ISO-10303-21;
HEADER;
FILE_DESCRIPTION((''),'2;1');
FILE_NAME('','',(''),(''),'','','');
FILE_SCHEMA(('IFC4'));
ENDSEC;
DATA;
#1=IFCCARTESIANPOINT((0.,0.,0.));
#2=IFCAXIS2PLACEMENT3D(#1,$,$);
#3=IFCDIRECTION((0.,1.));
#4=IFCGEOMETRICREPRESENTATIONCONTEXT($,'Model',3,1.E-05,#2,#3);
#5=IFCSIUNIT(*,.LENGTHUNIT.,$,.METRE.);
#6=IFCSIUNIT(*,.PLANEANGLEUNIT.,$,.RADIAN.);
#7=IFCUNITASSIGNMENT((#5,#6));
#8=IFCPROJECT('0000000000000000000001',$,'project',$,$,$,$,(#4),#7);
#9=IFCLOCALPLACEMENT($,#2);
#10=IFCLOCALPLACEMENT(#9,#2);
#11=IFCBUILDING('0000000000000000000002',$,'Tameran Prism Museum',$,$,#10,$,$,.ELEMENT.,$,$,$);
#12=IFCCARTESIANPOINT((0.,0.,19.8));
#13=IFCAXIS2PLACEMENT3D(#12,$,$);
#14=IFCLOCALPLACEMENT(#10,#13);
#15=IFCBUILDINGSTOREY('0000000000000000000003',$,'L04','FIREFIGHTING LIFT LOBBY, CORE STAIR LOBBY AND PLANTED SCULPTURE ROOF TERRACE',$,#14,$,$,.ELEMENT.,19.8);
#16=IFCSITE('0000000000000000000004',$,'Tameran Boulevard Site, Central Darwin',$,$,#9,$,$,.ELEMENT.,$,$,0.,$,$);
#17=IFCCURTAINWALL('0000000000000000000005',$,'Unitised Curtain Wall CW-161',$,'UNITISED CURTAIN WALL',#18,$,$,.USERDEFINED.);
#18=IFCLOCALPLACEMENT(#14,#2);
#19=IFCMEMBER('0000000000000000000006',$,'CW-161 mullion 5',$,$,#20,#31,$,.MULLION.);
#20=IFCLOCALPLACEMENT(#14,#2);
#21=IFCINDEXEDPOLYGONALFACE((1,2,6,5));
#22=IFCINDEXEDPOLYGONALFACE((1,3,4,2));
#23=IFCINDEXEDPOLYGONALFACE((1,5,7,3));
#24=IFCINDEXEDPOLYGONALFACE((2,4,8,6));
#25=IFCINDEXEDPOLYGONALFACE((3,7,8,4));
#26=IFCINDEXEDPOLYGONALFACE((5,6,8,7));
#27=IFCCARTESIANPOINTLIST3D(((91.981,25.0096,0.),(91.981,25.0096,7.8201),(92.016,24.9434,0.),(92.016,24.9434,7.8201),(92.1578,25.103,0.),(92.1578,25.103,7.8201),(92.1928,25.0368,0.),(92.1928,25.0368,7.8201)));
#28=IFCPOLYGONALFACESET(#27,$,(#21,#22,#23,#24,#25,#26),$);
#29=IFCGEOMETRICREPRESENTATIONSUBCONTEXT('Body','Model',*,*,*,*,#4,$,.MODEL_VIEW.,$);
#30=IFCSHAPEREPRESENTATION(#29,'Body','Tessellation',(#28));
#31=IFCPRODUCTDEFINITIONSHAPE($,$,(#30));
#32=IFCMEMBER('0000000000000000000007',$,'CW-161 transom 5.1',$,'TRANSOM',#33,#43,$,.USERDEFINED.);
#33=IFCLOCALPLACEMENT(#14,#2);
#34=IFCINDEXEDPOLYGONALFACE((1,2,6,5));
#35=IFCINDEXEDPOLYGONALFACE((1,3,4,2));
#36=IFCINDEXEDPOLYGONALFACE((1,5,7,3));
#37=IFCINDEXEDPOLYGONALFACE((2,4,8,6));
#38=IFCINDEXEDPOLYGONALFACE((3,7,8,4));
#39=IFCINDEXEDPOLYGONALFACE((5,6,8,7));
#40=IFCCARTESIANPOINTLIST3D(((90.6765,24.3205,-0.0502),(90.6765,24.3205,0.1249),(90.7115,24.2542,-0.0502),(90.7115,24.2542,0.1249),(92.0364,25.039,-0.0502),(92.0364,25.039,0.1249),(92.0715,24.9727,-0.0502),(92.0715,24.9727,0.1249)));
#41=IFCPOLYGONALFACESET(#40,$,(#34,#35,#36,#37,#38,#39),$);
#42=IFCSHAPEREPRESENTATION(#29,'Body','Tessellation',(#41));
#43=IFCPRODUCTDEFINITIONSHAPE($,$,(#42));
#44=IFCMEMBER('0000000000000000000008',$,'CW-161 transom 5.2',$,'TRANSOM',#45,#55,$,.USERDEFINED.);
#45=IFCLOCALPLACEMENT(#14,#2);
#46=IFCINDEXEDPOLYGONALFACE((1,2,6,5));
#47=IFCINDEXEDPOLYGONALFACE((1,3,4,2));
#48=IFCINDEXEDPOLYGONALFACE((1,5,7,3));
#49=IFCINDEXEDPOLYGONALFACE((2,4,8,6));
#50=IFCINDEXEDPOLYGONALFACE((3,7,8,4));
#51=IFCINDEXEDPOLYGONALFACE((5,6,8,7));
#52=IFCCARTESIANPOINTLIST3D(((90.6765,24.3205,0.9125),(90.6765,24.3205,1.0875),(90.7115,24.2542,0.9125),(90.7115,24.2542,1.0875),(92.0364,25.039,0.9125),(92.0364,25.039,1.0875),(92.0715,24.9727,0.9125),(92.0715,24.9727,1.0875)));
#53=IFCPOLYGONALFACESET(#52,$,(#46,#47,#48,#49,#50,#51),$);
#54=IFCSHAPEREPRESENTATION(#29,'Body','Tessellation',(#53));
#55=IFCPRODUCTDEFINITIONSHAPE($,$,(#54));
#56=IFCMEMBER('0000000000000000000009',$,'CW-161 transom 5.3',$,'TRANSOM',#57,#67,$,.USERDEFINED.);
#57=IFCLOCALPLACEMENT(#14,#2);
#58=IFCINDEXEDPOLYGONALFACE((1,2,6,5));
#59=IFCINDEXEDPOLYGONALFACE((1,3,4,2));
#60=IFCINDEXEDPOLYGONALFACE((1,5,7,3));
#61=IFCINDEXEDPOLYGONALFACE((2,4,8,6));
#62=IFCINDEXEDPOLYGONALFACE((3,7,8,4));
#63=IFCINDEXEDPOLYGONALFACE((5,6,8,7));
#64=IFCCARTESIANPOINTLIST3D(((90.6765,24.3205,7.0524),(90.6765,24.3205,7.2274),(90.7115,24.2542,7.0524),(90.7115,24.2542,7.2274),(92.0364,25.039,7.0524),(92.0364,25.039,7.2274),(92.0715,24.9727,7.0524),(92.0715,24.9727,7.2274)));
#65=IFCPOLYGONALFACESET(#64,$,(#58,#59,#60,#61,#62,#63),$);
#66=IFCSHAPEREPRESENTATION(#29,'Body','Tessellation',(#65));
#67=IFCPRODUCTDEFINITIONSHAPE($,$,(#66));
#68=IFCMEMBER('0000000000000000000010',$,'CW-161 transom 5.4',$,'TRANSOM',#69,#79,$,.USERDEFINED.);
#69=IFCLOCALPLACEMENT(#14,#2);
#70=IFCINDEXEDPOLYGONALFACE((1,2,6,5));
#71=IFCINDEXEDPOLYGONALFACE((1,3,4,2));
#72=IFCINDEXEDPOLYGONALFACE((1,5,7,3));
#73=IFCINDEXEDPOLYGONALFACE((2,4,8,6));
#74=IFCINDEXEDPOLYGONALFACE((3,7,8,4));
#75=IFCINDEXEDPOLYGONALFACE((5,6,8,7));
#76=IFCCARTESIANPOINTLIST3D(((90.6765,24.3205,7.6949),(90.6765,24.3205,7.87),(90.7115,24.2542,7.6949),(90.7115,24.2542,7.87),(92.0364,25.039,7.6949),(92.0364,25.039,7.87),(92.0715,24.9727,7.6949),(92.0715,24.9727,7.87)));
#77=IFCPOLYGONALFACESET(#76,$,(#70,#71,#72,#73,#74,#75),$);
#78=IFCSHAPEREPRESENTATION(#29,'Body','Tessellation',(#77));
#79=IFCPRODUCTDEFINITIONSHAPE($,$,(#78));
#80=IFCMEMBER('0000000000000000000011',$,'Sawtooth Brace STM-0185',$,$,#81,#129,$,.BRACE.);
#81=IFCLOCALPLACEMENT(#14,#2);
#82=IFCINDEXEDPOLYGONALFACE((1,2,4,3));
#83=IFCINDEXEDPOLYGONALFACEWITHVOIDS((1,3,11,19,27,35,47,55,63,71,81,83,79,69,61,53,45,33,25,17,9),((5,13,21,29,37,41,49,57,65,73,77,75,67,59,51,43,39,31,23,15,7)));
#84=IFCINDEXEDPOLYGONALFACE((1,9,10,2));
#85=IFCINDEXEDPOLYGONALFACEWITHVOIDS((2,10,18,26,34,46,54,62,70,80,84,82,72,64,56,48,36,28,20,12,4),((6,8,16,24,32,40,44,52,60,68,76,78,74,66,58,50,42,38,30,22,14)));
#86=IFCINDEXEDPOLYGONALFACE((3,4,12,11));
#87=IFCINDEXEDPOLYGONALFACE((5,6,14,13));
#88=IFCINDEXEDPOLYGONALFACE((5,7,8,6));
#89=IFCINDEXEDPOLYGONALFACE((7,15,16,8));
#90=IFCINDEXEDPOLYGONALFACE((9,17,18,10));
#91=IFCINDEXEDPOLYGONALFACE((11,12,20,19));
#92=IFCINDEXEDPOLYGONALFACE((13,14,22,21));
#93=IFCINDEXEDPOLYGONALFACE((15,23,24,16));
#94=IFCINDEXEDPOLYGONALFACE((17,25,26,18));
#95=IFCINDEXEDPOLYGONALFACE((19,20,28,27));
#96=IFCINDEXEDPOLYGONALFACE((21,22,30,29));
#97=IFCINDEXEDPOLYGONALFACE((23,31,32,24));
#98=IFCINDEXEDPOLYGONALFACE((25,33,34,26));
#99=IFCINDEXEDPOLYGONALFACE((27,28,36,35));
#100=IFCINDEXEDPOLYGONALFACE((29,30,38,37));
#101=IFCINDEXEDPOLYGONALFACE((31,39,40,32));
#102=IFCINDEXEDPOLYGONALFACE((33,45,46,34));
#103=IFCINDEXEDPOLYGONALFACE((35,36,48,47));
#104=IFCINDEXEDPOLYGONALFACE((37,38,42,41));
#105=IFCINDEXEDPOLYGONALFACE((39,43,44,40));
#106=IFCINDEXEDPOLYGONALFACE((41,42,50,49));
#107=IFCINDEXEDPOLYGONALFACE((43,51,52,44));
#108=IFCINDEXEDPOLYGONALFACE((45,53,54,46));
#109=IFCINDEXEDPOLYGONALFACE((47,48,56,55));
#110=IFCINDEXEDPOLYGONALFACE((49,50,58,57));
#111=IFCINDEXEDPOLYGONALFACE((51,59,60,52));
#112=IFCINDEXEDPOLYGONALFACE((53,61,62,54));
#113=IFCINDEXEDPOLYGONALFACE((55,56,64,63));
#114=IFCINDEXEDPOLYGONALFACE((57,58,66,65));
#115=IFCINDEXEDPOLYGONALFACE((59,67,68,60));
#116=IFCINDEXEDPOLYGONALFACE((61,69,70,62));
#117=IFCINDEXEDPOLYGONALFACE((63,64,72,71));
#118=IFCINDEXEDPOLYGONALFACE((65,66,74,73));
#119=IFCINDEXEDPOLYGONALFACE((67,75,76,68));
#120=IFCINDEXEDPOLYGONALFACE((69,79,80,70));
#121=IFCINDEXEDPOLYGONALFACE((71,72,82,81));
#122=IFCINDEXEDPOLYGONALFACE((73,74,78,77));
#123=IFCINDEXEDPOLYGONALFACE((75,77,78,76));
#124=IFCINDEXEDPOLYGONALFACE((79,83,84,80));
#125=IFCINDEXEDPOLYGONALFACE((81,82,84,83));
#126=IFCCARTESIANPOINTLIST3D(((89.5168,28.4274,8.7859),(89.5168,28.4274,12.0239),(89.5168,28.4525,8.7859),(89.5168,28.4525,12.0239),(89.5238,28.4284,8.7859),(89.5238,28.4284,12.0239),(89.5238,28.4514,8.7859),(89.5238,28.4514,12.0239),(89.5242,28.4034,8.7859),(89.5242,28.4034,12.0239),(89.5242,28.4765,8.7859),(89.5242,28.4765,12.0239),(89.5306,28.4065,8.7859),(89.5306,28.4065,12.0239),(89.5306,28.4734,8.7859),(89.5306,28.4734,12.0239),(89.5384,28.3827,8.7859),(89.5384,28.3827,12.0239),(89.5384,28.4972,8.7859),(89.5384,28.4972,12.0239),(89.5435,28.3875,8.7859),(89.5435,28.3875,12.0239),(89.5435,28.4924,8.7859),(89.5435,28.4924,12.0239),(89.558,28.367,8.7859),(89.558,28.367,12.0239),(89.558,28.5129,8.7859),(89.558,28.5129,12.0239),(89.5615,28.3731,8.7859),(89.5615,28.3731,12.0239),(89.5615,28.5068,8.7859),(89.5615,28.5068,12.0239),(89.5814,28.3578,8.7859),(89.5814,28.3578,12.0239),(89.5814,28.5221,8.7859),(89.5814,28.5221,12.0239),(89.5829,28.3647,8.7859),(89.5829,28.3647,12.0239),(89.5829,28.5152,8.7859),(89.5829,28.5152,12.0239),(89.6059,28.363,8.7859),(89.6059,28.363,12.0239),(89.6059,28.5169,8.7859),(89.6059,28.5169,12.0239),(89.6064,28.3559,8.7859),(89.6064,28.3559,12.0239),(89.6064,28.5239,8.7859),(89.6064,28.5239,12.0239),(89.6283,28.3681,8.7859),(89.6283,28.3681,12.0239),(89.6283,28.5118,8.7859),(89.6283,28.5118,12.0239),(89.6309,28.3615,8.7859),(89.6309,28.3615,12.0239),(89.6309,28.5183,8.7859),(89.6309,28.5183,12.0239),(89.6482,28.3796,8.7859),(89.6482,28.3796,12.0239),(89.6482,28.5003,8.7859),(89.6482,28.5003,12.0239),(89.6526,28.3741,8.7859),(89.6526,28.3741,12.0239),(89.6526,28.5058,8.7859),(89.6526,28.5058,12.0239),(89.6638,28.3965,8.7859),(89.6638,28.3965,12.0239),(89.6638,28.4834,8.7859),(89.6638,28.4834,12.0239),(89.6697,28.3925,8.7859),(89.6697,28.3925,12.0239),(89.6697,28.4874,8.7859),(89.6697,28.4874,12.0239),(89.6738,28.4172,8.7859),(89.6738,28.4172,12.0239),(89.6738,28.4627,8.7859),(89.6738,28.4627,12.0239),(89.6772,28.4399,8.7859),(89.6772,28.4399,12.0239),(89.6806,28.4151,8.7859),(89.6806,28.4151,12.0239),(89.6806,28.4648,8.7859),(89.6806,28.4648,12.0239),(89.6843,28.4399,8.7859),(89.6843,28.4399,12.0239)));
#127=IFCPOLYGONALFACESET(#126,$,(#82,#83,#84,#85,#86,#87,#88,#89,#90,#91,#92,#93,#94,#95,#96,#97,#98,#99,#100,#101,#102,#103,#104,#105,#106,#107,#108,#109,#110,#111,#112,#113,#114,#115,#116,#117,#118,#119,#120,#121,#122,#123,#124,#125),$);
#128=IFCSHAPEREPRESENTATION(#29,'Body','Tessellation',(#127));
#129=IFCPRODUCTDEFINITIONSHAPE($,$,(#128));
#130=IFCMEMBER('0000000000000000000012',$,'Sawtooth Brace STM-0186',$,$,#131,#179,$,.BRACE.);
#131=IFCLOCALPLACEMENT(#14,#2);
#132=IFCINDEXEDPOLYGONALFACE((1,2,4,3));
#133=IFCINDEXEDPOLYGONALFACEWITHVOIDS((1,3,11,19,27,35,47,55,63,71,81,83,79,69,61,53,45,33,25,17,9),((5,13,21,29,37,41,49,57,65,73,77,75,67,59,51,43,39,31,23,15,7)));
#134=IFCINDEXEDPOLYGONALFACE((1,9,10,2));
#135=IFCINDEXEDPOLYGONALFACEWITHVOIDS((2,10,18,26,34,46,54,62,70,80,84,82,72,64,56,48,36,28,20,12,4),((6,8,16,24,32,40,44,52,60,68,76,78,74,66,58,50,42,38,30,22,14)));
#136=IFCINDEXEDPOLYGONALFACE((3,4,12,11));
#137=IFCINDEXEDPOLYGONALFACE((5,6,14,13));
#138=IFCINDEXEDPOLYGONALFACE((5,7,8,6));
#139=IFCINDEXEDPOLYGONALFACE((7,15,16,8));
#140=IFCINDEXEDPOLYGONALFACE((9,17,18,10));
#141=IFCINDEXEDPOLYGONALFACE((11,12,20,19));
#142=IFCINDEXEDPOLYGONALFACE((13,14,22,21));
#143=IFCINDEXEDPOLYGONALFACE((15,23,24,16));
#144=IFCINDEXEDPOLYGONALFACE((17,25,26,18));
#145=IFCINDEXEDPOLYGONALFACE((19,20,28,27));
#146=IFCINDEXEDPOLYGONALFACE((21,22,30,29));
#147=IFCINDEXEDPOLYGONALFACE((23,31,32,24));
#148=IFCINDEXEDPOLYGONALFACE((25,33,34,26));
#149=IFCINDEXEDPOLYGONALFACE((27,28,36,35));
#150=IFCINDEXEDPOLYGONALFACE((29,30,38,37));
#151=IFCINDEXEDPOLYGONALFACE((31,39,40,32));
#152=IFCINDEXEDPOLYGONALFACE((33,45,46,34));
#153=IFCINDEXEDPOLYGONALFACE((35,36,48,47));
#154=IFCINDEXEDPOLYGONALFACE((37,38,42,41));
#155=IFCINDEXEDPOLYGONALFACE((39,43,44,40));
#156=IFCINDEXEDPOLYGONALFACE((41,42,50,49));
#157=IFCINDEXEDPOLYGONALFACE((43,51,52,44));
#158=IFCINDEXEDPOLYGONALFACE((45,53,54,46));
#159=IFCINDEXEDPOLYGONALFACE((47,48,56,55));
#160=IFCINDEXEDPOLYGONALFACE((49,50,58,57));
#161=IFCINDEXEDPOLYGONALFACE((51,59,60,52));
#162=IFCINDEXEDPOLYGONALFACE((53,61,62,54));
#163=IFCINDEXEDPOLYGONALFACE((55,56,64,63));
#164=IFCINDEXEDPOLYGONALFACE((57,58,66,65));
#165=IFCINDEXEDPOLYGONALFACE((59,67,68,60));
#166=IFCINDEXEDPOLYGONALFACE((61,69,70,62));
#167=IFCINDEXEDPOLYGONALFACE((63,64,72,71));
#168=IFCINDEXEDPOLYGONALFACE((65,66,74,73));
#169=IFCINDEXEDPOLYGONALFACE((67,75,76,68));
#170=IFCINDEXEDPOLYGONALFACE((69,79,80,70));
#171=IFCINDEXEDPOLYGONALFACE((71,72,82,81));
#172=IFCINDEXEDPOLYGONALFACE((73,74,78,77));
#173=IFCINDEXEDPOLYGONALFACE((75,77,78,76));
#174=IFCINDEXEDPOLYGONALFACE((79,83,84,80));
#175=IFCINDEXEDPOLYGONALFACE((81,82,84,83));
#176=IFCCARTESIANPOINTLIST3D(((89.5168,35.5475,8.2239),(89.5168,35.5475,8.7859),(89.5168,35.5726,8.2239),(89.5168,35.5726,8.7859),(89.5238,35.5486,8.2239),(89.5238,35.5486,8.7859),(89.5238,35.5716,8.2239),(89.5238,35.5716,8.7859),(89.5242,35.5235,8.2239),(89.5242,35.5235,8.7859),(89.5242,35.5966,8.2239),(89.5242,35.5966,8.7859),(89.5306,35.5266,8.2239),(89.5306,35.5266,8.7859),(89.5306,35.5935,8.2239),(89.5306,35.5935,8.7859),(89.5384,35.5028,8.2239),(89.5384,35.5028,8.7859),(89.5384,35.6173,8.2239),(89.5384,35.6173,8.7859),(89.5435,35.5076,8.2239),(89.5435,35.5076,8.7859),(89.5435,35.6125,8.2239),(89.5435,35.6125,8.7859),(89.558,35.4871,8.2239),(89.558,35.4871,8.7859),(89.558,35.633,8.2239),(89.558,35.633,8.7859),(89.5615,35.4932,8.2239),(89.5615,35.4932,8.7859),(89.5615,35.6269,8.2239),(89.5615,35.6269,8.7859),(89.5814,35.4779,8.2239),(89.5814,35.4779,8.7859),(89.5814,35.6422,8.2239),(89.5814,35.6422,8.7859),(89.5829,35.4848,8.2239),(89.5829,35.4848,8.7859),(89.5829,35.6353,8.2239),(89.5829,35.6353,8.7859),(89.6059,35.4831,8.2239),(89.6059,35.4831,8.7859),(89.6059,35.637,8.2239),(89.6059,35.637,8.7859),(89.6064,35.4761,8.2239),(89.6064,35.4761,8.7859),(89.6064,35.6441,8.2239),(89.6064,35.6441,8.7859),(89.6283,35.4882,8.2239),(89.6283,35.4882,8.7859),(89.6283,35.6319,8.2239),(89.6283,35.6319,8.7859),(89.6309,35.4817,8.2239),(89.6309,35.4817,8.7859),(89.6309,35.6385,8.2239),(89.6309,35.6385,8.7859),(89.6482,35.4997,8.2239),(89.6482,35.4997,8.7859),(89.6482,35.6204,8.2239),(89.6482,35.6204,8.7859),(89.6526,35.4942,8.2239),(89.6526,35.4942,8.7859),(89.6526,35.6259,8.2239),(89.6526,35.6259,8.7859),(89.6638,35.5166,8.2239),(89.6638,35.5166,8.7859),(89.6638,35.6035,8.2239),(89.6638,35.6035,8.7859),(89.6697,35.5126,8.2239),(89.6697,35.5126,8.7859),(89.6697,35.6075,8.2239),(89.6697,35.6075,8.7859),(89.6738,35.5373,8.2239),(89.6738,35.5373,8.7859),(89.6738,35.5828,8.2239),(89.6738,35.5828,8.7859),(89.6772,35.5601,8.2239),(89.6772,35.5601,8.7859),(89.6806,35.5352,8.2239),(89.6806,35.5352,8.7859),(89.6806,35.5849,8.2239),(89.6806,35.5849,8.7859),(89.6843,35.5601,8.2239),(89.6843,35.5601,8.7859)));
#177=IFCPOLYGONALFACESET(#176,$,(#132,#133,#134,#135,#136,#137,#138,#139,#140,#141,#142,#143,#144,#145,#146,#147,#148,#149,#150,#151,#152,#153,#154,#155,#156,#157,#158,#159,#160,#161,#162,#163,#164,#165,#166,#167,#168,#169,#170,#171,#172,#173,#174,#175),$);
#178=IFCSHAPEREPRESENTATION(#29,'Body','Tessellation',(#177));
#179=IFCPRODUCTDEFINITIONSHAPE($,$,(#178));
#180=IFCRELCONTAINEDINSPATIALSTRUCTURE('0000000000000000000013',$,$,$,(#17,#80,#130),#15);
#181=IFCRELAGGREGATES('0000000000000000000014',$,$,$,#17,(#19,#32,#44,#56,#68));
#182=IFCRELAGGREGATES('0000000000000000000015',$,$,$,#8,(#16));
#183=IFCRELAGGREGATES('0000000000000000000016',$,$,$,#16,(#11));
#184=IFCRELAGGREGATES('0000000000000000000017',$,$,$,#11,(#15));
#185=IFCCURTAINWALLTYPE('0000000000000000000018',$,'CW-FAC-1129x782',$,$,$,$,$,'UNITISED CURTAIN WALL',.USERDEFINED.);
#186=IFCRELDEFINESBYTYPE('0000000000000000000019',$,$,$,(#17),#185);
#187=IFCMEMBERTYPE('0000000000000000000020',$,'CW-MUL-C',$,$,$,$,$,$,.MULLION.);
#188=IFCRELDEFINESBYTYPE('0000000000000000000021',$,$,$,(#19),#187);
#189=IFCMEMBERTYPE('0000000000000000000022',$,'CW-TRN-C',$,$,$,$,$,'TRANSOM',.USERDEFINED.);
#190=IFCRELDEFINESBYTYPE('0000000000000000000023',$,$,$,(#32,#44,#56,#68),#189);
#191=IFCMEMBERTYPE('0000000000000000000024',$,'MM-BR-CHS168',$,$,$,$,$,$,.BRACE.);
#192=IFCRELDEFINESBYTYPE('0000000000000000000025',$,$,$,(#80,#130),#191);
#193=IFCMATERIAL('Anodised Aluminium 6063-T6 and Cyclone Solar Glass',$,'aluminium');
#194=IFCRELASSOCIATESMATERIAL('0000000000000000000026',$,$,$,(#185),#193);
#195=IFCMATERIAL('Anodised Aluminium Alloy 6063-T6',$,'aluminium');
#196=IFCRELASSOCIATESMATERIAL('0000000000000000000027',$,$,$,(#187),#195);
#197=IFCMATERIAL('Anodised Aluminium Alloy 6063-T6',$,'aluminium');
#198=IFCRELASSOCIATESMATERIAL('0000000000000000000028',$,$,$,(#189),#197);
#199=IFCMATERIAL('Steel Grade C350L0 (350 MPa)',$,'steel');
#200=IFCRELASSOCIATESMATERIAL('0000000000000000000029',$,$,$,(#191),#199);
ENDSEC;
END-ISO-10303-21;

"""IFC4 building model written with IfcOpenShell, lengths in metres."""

from ifc_helpers import new_model, si_unit, direction, frame, origin, origin_2d, place, context, subcontext, project, spatial, rectangle, hollow_circle, extrude, material, material_profile, profile_set, type_object, element, aggregate, save


model = new_model("IFC4")

# Units and contexts
model_context = context("Model", 3, precision=1e-05, world=origin(), true_north=direction((0.0, 1.0)))
body_context = subcontext(model_context, "Body", "Model", "MODEL_VIEW")
ifc_project = project(units=[si_unit("LENGTHUNIT", "METRE"), si_unit("PLANEANGLEUNIT", "RADIAN")], contexts=[model_context])

# Site, building, storey
site_placement = place(None, origin())
site = spatial("IfcSite", under=ifc_project, at=site_placement, Name="Tameran Boulevard Site, Central Darwin", CompositionType="ELEMENT", RefElevation=0.0)
building_placement = place(site_placement, origin())
building = spatial("IfcBuilding", under=site, at=building_placement, Name="Tameran Prism Museum", CompositionType="ELEMENT")
storey_placement = place(building_placement, frame((0.0, 0.0, 19.8)))
storey = spatial("IfcBuildingStorey", under=building, at=storey_placement, Name="L04", Description="FIREFIGHTING LIFT LOBBY, CORE STAIR LOBBY AND PLANTED SCULPTURE ROOF TERRACE", CompositionType="ELEMENT", Elevation=19.8)

# Curtain wall, members
ifc_material_1 = material(Name="Anodised Aluminium 6063-T6 and Cyclone Solar Glass", Category="aluminium")
curtain_wall_type = type_object("IfcCurtainWallType", Name="CW-FAC-1129x782", ElementType="UNITISED CURTAIN WALL", PredefinedType="USERDEFINED", material=ifc_material_1)
curtain_wall_placement = place(storey_placement, origin())
curtain_wall = element("IfcCurtainWall", 1, at=curtain_wall_placement, inside=storey, type_object=curtain_wall_type, Name="Unitised Curtain Wall CW-161", ObjectType="UNITISED CURTAIN WALL", PredefinedType="USERDEFINED")
ifc_material_2 = material(Name="Anodised Aluminium Alloy 6063-T6", Category="aluminium")
ifc_material_profile_1 = material_profile(ifc_material_2, rectangle(XDim=0.075, YDim=0.2, at=origin_2d()))
ifc_profile_set_1 = profile_set([ifc_material_profile_1])
member_type_1 = type_object("IfcMemberType", Name="CW-MUL-C", PredefinedType="MULLION", material=ifc_profile_set_1)
member_1_placement = place(storey_placement, frame((92.0869, 25.0232, 0.0), z_axis=(0.0, 0.0, 1.0), x_axis=(0.467155, -0.884175, 0.0)))
member_1 = element("IfcMember", 2, at=member_1_placement, type_object=member_type_1, Name="CW-161 mullion 5", PredefinedType="MULLION", context=body_context, shape_type="SweptSolid", body=[
    extrude(rectangle(XDim=0.075, YDim=0.2, at=origin_2d()), origin(), (0.0, 0.0, 1.0), 7.8201),
])
ifc_material_3 = material(Name="Anodised Aluminium Alloy 6063-T6", Category="aluminium")
ifc_material_profile_2 = material_profile(ifc_material_3, rectangle(XDim=0.075, YDim=0.175, at=origin_2d()))
ifc_profile_set_2 = profile_set([ifc_material_profile_2])
member_type_2 = type_object("IfcMemberType", Name="CW-TRN-C", ElementType="TRANSOM", PredefinedType="USERDEFINED", material=ifc_profile_set_2)
member_2_placement = place(storey_placement, frame((92.054, 25.0059, 0.0374), z_axis=(-0.88417, -0.467166, 0.0), x_axis=(0.467166, -0.88417, 0.0)))
member_2 = element("IfcMember", 3, at=member_2_placement, type_object=member_type_2, Name="CW-161 transom 5.1", ObjectType="TRANSOM", PredefinedType="USERDEFINED", context=body_context, shape_type="SweptSolid", body=[
    extrude(rectangle(XDim=0.075, YDim=0.175, at=origin_2d()), origin(), (0.0, 0.0, 1.0), 1.5381),
])
member_3_placement = place(storey_placement, frame((92.054, 25.0059, 1.0), z_axis=(-0.88417, -0.467166, 0.0), x_axis=(0.467166, -0.88417, 0.0)))
member_3 = element("IfcMember", 4, at=member_3_placement, type_object=member_type_2, Name="CW-161 transom 5.2", ObjectType="TRANSOM", PredefinedType="USERDEFINED", context=body_context, shape_type="SweptSolid", body=[
    extrude(rectangle(XDim=0.075, YDim=0.175, at=origin_2d()), origin(), (0.0, 0.0, 1.0), 1.5381),
])
member_4_placement = place(storey_placement, frame((92.054, 25.0059, 7.1399), z_axis=(-0.88417, -0.467166, 0.0), x_axis=(0.467166, -0.88417, 0.0)))
member_4 = element("IfcMember", 5, at=member_4_placement, type_object=member_type_2, Name="CW-161 transom 5.3", ObjectType="TRANSOM", PredefinedType="USERDEFINED", context=body_context, shape_type="SweptSolid", body=[
    extrude(rectangle(XDim=0.075, YDim=0.175, at=origin_2d()), origin(), (0.0, 0.0, 1.0), 1.5381),
])
member_5_placement = place(storey_placement, frame((92.054, 25.0059, 7.7825), z_axis=(-0.88417, -0.467166, 0.0), x_axis=(0.467166, -0.88417, 0.0)))
member_5 = element("IfcMember", 6, at=member_5_placement, type_object=member_type_2, Name="CW-161 transom 5.4", ObjectType="TRANSOM", PredefinedType="USERDEFINED", context=body_context, shape_type="SweptSolid", body=[
    extrude(rectangle(XDim=0.075, YDim=0.175, at=origin_2d()), origin(), (0.0, 0.0, 1.0), 1.5381),
])

# Members
ifc_material_4 = material(Name="Steel Grade C350L0 (350 MPa)", Category="steel")
ifc_material_profile_3 = material_profile(ifc_material_4, hollow_circle(Radius=0.0842, WallThickness=0.0071, at=origin_2d()))
ifc_profile_set_3 = profile_set([ifc_material_profile_3])
member_type_3 = type_object("IfcMemberType", Name="MM-BR-CHS168", PredefinedType="BRACE", material=ifc_profile_set_3)
member_6_placement = place(storey_placement, frame((89.6001, 28.4399, 8.7859), z_axis=(0.0, 0.0, 1.0), x_axis=(1.0, 0.0, 0.0)))
element("IfcMember", 7, at=member_6_placement, inside=storey, type_object=member_type_3, Name="Sawtooth Brace STM-0185", PredefinedType="BRACE", context=body_context, shape_type="SweptSolid", body=[
    extrude(hollow_circle(Radius=0.0842, WallThickness=0.0071, at=origin_2d()), origin(), (0.0, 0.0, 1.0), 3.238),
])
member_7_placement = place(storey_placement, frame((89.6001, 35.5601, 8.7859), z_axis=(0.0, 0.0, -1.0), x_axis=(1.0, 0.0, 0.0)))
element("IfcMember", 8, at=member_7_placement, inside=storey, type_object=member_type_3, Name="Sawtooth Brace STM-0186", PredefinedType="BRACE", context=body_context, shape_type="SweptSolid", body=[
    extrude(hollow_circle(Radius=0.0842, WallThickness=0.0071, at=origin_2d()), origin(), (0.0, 0.0, 1.0), 0.562),
])

aggregate(curtain_wall, [member_1, member_2, member_3, member_4, member_5])

save(model, "model.ifc")
